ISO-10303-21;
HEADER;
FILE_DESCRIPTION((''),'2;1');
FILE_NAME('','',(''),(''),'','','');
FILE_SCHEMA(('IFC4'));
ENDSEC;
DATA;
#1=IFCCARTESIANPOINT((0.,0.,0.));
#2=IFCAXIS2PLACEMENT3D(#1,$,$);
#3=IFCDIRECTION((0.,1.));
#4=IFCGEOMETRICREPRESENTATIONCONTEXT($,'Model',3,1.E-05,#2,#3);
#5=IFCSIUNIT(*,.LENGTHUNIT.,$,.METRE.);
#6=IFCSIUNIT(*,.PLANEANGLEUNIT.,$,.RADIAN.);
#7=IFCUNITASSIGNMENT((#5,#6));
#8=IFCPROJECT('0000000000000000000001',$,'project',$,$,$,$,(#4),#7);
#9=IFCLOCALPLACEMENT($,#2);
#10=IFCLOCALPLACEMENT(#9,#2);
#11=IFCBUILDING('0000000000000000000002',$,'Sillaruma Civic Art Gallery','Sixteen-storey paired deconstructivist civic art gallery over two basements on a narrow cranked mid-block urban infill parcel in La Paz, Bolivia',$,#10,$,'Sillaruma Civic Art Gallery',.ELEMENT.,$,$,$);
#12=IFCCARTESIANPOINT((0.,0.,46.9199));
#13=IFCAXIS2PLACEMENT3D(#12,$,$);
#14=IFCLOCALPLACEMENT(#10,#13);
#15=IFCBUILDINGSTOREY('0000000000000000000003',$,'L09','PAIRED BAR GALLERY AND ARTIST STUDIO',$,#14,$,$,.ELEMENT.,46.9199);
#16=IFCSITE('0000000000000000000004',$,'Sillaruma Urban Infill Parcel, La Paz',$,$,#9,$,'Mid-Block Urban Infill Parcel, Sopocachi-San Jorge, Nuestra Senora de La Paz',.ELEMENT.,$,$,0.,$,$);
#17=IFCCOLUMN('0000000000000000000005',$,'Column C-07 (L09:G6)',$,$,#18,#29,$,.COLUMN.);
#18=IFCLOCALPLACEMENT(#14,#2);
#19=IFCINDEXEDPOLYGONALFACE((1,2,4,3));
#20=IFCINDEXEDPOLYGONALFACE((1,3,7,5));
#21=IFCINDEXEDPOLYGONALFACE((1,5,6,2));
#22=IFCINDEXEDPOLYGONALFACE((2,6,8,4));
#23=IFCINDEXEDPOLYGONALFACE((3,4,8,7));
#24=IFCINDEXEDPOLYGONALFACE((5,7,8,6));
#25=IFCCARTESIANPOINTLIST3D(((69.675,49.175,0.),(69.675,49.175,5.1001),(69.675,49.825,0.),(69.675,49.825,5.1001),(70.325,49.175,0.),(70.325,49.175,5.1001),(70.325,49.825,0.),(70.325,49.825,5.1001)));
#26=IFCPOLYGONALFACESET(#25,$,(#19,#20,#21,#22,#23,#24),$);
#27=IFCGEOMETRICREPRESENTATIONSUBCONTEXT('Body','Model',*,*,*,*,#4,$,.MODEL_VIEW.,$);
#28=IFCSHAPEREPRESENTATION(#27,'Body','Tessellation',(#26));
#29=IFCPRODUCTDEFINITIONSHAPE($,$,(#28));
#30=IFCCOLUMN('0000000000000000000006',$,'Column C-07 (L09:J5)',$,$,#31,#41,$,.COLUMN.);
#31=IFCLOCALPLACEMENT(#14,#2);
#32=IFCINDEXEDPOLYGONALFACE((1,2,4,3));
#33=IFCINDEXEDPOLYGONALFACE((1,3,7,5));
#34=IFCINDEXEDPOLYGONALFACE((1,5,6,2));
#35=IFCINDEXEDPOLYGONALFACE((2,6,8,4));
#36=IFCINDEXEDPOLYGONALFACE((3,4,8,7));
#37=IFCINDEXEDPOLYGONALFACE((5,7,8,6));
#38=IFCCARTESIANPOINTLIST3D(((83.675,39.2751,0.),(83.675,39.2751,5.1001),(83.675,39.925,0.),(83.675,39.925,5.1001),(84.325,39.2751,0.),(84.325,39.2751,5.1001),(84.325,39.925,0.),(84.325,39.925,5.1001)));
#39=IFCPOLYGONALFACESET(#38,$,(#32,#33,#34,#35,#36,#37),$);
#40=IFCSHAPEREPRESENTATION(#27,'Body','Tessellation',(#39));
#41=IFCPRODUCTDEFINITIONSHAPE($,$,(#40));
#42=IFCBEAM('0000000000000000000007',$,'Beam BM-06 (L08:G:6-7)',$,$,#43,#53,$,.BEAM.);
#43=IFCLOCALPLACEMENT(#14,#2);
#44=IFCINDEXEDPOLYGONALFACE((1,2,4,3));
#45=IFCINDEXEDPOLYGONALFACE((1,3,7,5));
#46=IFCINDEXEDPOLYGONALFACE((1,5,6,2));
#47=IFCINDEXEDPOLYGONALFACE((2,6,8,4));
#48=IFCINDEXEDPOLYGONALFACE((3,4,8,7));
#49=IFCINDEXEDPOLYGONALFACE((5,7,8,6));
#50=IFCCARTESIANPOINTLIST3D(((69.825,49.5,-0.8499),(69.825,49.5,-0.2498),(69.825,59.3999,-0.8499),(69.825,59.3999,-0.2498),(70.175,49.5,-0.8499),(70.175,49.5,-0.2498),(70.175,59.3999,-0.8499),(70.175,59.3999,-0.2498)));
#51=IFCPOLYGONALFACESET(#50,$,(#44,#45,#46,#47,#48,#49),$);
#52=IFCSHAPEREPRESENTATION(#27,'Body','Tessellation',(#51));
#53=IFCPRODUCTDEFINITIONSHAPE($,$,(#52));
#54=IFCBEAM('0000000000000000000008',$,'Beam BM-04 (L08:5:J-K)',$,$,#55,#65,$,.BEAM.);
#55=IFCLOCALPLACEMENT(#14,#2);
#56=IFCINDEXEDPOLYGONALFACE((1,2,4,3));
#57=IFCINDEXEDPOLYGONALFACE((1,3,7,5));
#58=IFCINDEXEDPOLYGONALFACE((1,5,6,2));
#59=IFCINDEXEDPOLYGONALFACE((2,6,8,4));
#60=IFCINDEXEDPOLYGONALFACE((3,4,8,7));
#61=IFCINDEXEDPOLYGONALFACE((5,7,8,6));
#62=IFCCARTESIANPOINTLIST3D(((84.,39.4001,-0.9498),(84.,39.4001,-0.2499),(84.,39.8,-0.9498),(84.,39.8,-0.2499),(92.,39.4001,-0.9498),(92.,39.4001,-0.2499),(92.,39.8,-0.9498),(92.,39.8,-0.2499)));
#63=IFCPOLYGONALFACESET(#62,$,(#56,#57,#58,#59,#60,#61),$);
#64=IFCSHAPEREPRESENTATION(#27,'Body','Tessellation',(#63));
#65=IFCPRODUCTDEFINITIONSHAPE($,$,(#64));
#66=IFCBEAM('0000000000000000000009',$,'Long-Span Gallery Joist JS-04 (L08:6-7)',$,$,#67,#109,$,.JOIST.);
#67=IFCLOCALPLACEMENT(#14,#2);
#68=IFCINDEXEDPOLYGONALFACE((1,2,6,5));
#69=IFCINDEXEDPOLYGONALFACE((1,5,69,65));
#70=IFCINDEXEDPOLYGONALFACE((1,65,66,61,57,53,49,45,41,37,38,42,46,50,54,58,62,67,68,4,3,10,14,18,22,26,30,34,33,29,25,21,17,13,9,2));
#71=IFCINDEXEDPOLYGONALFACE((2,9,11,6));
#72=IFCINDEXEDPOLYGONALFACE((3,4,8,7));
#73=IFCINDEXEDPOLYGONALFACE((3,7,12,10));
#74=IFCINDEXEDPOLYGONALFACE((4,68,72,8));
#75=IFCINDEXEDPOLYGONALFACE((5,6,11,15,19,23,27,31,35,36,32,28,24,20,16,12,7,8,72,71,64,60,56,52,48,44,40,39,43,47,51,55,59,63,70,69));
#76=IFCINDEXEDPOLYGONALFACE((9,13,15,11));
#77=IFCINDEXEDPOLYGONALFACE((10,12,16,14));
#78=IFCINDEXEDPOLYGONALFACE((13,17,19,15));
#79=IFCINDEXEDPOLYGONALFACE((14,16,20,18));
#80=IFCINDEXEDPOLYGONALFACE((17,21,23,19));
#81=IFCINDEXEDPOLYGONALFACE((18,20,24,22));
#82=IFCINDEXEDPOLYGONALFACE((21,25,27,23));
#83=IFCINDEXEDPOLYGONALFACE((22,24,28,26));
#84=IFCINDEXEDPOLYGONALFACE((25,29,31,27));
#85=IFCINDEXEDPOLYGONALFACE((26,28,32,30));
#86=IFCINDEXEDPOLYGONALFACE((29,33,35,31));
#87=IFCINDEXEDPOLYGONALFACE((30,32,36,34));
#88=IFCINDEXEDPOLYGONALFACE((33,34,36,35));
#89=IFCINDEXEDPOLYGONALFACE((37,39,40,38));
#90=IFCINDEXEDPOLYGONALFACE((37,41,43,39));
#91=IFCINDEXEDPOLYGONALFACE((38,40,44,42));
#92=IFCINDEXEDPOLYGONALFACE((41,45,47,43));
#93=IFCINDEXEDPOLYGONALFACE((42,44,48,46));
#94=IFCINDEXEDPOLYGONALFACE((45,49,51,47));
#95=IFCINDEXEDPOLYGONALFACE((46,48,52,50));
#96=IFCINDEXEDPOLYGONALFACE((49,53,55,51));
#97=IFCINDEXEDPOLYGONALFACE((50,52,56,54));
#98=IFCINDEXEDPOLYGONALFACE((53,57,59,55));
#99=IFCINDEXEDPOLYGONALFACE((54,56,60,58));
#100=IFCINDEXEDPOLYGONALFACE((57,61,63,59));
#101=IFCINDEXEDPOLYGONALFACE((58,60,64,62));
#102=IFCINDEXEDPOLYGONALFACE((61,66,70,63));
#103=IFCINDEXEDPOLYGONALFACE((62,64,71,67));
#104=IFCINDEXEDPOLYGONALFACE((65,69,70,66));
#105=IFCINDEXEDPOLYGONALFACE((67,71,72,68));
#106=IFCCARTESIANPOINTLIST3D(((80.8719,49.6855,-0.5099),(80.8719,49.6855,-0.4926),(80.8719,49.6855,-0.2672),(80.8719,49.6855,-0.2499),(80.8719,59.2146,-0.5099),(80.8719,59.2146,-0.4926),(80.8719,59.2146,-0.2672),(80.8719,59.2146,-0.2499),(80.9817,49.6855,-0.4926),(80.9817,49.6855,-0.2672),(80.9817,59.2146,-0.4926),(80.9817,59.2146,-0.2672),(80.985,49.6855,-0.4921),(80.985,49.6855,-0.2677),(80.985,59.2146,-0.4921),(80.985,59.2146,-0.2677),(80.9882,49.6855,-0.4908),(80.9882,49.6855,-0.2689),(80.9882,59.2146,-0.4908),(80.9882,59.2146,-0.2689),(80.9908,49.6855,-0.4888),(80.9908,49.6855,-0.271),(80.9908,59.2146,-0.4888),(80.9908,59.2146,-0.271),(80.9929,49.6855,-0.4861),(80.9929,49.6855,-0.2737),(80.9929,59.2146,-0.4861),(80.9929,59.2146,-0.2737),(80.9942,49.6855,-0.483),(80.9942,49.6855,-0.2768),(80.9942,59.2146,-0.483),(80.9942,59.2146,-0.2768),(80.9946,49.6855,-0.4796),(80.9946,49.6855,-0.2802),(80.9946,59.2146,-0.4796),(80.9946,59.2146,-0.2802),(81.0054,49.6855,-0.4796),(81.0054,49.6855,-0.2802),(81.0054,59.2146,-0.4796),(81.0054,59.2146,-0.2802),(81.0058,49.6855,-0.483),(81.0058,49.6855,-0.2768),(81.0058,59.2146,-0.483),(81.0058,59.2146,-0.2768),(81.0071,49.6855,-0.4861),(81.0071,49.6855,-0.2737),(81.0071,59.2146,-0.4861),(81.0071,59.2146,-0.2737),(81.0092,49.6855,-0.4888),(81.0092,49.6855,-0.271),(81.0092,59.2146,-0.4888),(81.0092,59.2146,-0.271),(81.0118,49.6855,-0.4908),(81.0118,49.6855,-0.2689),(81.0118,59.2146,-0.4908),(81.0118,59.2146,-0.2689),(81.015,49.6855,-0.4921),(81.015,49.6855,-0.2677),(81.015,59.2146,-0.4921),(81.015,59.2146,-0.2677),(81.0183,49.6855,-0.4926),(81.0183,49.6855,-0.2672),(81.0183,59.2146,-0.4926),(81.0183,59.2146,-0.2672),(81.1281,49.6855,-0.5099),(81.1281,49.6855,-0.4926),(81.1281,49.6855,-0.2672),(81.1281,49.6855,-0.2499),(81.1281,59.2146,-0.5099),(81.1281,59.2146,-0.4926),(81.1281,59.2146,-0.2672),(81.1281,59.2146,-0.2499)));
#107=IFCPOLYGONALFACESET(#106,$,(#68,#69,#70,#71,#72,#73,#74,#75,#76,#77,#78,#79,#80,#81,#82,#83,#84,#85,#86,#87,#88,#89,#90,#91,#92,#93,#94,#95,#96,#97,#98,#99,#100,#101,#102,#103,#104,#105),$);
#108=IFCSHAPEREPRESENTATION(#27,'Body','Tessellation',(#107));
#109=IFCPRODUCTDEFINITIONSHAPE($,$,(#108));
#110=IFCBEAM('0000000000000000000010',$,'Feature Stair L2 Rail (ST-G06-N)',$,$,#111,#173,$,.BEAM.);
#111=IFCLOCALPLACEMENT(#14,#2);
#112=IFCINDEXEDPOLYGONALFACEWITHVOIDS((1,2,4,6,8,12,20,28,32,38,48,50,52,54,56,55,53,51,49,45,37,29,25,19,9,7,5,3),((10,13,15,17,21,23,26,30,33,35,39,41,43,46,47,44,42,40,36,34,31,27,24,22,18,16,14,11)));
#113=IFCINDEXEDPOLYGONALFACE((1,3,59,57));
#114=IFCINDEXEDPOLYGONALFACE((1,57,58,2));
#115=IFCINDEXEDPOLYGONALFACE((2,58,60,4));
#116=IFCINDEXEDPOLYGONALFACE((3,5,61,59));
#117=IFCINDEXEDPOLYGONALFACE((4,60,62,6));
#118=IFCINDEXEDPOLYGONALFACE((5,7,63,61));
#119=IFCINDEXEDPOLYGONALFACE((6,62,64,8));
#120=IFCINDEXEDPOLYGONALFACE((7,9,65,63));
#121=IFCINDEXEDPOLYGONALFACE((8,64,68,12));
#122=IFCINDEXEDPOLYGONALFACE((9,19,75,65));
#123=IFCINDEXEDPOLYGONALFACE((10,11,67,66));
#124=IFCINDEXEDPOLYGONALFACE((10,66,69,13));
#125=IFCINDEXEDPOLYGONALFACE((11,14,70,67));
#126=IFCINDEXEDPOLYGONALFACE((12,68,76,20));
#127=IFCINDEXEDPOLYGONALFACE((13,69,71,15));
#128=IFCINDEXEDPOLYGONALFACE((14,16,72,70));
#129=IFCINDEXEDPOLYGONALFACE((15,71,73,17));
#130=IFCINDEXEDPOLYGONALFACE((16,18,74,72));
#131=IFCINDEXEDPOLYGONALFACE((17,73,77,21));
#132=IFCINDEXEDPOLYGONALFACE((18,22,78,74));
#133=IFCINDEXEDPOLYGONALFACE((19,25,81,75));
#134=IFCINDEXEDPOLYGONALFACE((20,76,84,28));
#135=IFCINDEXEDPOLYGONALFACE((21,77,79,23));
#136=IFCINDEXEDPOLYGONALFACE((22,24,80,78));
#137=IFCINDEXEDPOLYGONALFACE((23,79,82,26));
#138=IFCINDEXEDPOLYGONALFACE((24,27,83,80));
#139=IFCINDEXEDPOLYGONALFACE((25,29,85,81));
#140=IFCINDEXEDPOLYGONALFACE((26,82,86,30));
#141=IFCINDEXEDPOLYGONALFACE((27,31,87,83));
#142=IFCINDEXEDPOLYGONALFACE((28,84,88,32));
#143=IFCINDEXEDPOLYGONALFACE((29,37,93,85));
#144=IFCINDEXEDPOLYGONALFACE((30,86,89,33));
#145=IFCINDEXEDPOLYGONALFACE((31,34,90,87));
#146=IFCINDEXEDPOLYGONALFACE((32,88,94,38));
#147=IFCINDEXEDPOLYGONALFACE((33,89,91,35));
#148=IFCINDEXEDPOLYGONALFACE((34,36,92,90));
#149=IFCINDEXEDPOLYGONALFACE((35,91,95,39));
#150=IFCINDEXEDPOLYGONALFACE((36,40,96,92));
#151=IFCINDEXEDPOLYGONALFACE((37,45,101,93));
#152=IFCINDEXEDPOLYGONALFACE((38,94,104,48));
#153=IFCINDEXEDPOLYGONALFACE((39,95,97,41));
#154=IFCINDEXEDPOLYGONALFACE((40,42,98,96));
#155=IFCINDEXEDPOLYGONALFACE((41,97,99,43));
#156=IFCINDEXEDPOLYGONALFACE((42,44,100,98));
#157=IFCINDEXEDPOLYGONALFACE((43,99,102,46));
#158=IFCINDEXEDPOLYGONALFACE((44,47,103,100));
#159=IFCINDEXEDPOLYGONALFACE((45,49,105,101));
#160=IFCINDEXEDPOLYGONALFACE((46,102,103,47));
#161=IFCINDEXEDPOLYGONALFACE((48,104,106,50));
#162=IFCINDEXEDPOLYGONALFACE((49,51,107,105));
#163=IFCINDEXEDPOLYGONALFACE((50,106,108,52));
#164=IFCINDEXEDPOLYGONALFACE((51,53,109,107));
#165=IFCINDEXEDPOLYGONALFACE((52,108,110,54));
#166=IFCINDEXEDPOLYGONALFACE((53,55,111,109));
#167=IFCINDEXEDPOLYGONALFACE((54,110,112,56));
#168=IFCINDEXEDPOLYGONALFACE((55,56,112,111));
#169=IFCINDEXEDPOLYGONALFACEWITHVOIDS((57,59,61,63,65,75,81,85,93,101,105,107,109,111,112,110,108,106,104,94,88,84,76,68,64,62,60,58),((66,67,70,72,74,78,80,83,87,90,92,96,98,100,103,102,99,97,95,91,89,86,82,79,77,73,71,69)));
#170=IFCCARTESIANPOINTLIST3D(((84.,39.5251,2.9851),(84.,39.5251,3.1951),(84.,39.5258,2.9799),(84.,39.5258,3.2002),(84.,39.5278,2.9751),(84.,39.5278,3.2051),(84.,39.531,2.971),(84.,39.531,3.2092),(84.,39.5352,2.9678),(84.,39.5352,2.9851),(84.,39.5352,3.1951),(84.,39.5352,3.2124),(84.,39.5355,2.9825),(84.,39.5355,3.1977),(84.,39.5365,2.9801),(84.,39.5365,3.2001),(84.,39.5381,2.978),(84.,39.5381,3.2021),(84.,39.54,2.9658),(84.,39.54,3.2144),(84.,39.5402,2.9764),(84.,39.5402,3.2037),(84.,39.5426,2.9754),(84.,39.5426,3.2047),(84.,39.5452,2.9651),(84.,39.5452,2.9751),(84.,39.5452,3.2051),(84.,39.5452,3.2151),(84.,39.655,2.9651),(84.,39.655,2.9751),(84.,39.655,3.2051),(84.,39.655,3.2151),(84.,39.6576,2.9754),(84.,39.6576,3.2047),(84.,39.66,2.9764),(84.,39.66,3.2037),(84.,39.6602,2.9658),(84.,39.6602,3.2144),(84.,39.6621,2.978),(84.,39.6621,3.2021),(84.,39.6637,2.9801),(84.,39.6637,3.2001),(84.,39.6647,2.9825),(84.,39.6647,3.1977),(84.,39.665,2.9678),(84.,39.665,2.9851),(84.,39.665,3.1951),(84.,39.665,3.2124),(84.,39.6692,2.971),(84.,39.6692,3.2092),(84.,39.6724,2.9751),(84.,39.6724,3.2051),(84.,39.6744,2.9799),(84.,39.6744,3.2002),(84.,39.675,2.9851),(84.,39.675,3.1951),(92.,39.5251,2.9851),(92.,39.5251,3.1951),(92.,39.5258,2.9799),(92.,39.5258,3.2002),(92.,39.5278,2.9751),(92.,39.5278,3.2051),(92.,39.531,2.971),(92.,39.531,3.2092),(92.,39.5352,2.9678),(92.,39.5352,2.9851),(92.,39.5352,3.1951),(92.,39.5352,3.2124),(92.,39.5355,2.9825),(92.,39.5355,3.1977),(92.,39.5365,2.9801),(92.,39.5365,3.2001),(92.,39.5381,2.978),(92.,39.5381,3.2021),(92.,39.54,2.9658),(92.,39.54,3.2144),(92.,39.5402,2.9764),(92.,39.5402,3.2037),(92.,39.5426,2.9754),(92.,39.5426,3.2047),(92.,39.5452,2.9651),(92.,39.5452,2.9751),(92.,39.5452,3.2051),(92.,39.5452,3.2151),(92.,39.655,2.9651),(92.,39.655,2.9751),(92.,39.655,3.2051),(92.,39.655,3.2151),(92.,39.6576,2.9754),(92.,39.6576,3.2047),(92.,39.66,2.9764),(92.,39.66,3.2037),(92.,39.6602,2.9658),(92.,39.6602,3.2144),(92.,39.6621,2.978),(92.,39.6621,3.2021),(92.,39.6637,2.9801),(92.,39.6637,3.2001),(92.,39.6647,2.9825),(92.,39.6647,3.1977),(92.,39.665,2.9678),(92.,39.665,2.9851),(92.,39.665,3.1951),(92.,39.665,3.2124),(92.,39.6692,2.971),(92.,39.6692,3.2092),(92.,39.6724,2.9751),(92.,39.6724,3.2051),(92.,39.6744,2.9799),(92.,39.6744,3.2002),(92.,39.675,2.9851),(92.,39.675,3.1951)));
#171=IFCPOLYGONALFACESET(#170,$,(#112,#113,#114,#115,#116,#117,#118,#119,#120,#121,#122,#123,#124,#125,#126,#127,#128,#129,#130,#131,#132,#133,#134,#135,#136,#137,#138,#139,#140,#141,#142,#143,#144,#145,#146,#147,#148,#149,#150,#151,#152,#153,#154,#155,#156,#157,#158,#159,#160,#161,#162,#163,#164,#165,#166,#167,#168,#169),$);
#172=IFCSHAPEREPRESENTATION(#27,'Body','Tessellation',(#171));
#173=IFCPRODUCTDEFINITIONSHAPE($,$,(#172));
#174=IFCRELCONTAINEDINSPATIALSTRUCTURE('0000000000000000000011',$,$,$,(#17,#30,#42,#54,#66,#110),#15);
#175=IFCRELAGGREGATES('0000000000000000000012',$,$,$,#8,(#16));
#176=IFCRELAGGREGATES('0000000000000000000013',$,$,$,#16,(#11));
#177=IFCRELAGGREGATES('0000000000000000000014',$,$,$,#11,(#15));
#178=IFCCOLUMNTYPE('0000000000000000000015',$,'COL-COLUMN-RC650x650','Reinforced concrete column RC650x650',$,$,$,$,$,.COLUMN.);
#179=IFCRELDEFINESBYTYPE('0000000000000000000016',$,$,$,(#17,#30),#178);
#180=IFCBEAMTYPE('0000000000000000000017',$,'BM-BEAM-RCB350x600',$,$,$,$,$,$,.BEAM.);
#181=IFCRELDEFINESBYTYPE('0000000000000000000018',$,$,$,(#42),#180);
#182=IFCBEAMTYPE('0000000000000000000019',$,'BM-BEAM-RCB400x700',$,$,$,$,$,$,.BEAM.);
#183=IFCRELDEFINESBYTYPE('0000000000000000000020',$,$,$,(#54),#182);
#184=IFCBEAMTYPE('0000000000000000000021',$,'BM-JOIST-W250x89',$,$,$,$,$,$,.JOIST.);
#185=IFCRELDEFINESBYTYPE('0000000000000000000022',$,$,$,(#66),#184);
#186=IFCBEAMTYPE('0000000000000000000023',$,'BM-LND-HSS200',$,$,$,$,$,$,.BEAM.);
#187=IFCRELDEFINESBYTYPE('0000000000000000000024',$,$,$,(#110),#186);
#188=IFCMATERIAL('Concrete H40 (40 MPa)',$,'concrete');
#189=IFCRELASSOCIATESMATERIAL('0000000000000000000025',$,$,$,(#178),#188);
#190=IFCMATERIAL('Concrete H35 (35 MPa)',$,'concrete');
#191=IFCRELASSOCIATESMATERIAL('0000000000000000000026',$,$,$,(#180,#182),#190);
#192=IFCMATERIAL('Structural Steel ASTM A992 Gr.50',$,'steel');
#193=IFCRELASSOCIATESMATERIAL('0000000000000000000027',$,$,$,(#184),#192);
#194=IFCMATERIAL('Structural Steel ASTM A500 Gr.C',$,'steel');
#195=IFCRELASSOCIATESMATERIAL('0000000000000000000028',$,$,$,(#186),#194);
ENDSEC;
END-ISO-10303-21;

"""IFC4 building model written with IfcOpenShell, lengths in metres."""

from ifc_helpers import new_model, si_unit, direction, frame, origin, origin_2d, place, context, subcontext, project, spatial, rectangle, hollow_rectangle, i_section, extrude, material, material_profile, profile_set, type_object, element, save


model = new_model("IFC4")

# Units and contexts
model_context = context("Model", 3, precision=1e-05, world=origin(), true_north=direction((0.0, 1.0)))
body_context = subcontext(model_context, "Body", "Model", "MODEL_VIEW")
ifc_project = project(units=[si_unit("LENGTHUNIT", "METRE"), si_unit("PLANEANGLEUNIT", "RADIAN")], contexts=[model_context])

# Site, building, storey
site_placement = place(None, origin())
site = spatial("IfcSite", under=ifc_project, at=site_placement, Name="Sillaruma Urban Infill Parcel, La Paz", LongName="Mid-Block Urban Infill Parcel, Sopocachi-San Jorge, Nuestra Senora de La Paz", CompositionType="ELEMENT", RefElevation=0.0)
building_placement = place(site_placement, origin())
building = spatial("IfcBuilding", under=site, at=building_placement, Name="Sillaruma Civic Art Gallery", Description="Sixteen-storey paired deconstructivist civic art gallery over two basements on a narrow cranked mid-block urban infill parcel in La Paz, Bolivia", LongName="Sillaruma Civic Art Gallery", CompositionType="ELEMENT")
storey_placement = place(building_placement, frame((0.0, 0.0, 46.9199)))
storey = spatial("IfcBuildingStorey", under=building, at=storey_placement, Name="L09", Description="PAIRED BAR GALLERY AND ARTIST STUDIO", CompositionType="ELEMENT", Elevation=46.9199)

# Columns
ifc_material_1 = material(Name="Concrete H40 (40 MPa)", Category="concrete")
ifc_material_profile_1 = material_profile(ifc_material_1, rectangle(XDim=0.6499, YDim=0.6499, at=origin_2d()), Name="RC650x650")
ifc_profile_set_1 = profile_set([ifc_material_profile_1], Name="Concrete H40 (40 MPa)")
column_type = type_object("IfcColumnType", Name="COL-COLUMN-RC650x650", Description="Reinforced concrete column RC650x650", PredefinedType="COLUMN", material=ifc_profile_set_1)
for number, where, z_axis, x_axis, name in (
    (1, (70.0, 49.5, 0.0), (0.0, 0.0, 1.0), (1.0, 0.0, 0.0), "Column C-07 (L09:G6)"),
    (2, (84.0, 39.6001, 0.0), (0.0, 0.0, 1.0), (1.0, 0.0, 0.0), "Column C-07 (L09:J5)"),
):
    element("IfcColumn", number, at=place(storey_placement, frame(where, z_axis=z_axis, x_axis=x_axis)), inside=storey, type_object=column_type, Name=name, PredefinedType="COLUMN", context=body_context, shape_type="SweptSolid", body=[
        extrude(rectangle(XDim=0.6499, YDim=0.6499, at=origin_2d()), origin(), (0.0, 0.0, 1.0), 5.1001),
    ])

# Beams
ifc_material_2 = material(Name="Concrete H35 (35 MPa)", Category="concrete")
ifc_material_profile_2 = material_profile(ifc_material_2, rectangle(XDim=0.3501, YDim=0.6001, at=origin_2d()), Name="RCB350x600")
ifc_profile_set_2 = profile_set([ifc_material_profile_2], Name="Concrete H35 (35 MPa)")
beam_type_1 = type_object("IfcBeamType", Name="BM-BEAM-RCB350x600", PredefinedType="BEAM", material=ifc_profile_set_2)
beam_1_placement = place(storey_placement, frame((70.0, 49.5, -0.5498), z_axis=(0.0, 1.0, 0.0), x_axis=(-1.0, 0.0, 0.0)))
element("IfcBeam", 3, at=beam_1_placement, inside=storey, type_object=beam_type_1, Name="Beam BM-06 (L08:G:6-7)", PredefinedType="BEAM", context=body_context, shape_type="SweptSolid", body=[
    extrude(rectangle(XDim=0.3501, YDim=0.6001, at=origin_2d()), origin(), (0.0, 0.0, 1.0), 9.8999),
])
ifc_material_profile_3 = material_profile(ifc_material_2, rectangle(XDim=0.3999, YDim=0.7, at=origin_2d()), Name="RCB400x700")
ifc_profile_set_3 = profile_set([ifc_material_profile_3], Name="Concrete H35 (35 MPa)")
beam_type_2 = type_object("IfcBeamType", Name="BM-BEAM-RCB400x700", PredefinedType="BEAM", material=ifc_profile_set_3)
beam_2_placement = place(storey_placement, frame((84.0, 39.6001, -0.5999), z_axis=(1.0, 0.0, 0.0), x_axis=(0.0, 1.0, 0.0)))
element("IfcBeam", 4, at=beam_2_placement, inside=storey, type_object=beam_type_2, Name="Beam BM-04 (L08:5:J-K)", PredefinedType="BEAM", context=body_context, shape_type="SweptSolid", body=[
    extrude(rectangle(XDim=0.3999, YDim=0.7, at=origin_2d()), origin(), (0.0, 0.0, 1.0), 8.0),
])
ifc_material_3 = material(Name="Structural Steel ASTM A992 Gr.50", Category="steel")
ifc_material_profile_4 = material_profile(ifc_material_3, i_section(OverallWidth=0.2561, OverallDepth=0.26, WebThickness=0.0107, FlangeThickness=0.0173, FilletRadius=0.0129, at=origin_2d()), Name="W250x89")
ifc_profile_set_4 = profile_set([ifc_material_profile_4], Name="Structural Steel ASTM A992 Gr.50")
beam_type_3 = type_object("IfcBeamType", Name="BM-JOIST-W250x89", PredefinedType="JOIST", material=ifc_profile_set_4)
beam_3_placement = place(storey_placement, frame((81.0, 49.6855, -0.3799), z_axis=(0.0, 1.0, 0.0), x_axis=(-1.0, 0.0, 0.0)))
element("IfcBeam", 5, at=beam_3_placement, inside=storey, type_object=beam_type_3, Name="Long-Span Gallery Joist JS-04 (L08:6-7)", PredefinedType="JOIST", context=body_context, shape_type="SweptSolid", body=[
    extrude(i_section(OverallWidth=0.2561, OverallDepth=0.26, WebThickness=0.0107, FlangeThickness=0.0173, FilletRadius=0.0129, at=origin_2d()), origin(), (0.0, 0.0, 1.0), 9.5291),
])
ifc_material_4 = material(Name="Structural Steel ASTM A500 Gr.C", Category="steel")
ifc_material_profile_5 = material_profile(ifc_material_4, hollow_rectangle(XDim=0.1499, YDim=0.25, WallThickness=0.01, InnerFilletRadius=0.01, OuterFilletRadius=0.02, at=origin_2d()), Name="HSS250x150x10")
ifc_profile_set_5 = profile_set([ifc_material_profile_5], Name="Structural Steel ASTM A500 Gr.C")
beam_type_4 = type_object("IfcBeamType", Name="BM-LND-HSS200", PredefinedType="BEAM", material=ifc_profile_set_5)
beam_4_placement = place(storey_placement, frame((84.0, 39.6001, 3.0901), z_axis=(1.0, 0.0, 0.0), x_axis=(0.0, 1.0, 0.0)))
element("IfcBeam", 6, at=beam_4_placement, inside=storey, type_object=beam_type_4, Name="Feature Stair L2 Rail (ST-G06-N)", PredefinedType="BEAM", context=body_context, shape_type="SweptSolid", body=[
    extrude(hollow_rectangle(XDim=0.1499, YDim=0.25, WallThickness=0.01, InnerFilletRadius=0.01, OuterFilletRadius=0.02, at=origin_2d()), origin(), (0.0, 0.0, 1.0), 8.0),
])

save(model, "model.ifc")
